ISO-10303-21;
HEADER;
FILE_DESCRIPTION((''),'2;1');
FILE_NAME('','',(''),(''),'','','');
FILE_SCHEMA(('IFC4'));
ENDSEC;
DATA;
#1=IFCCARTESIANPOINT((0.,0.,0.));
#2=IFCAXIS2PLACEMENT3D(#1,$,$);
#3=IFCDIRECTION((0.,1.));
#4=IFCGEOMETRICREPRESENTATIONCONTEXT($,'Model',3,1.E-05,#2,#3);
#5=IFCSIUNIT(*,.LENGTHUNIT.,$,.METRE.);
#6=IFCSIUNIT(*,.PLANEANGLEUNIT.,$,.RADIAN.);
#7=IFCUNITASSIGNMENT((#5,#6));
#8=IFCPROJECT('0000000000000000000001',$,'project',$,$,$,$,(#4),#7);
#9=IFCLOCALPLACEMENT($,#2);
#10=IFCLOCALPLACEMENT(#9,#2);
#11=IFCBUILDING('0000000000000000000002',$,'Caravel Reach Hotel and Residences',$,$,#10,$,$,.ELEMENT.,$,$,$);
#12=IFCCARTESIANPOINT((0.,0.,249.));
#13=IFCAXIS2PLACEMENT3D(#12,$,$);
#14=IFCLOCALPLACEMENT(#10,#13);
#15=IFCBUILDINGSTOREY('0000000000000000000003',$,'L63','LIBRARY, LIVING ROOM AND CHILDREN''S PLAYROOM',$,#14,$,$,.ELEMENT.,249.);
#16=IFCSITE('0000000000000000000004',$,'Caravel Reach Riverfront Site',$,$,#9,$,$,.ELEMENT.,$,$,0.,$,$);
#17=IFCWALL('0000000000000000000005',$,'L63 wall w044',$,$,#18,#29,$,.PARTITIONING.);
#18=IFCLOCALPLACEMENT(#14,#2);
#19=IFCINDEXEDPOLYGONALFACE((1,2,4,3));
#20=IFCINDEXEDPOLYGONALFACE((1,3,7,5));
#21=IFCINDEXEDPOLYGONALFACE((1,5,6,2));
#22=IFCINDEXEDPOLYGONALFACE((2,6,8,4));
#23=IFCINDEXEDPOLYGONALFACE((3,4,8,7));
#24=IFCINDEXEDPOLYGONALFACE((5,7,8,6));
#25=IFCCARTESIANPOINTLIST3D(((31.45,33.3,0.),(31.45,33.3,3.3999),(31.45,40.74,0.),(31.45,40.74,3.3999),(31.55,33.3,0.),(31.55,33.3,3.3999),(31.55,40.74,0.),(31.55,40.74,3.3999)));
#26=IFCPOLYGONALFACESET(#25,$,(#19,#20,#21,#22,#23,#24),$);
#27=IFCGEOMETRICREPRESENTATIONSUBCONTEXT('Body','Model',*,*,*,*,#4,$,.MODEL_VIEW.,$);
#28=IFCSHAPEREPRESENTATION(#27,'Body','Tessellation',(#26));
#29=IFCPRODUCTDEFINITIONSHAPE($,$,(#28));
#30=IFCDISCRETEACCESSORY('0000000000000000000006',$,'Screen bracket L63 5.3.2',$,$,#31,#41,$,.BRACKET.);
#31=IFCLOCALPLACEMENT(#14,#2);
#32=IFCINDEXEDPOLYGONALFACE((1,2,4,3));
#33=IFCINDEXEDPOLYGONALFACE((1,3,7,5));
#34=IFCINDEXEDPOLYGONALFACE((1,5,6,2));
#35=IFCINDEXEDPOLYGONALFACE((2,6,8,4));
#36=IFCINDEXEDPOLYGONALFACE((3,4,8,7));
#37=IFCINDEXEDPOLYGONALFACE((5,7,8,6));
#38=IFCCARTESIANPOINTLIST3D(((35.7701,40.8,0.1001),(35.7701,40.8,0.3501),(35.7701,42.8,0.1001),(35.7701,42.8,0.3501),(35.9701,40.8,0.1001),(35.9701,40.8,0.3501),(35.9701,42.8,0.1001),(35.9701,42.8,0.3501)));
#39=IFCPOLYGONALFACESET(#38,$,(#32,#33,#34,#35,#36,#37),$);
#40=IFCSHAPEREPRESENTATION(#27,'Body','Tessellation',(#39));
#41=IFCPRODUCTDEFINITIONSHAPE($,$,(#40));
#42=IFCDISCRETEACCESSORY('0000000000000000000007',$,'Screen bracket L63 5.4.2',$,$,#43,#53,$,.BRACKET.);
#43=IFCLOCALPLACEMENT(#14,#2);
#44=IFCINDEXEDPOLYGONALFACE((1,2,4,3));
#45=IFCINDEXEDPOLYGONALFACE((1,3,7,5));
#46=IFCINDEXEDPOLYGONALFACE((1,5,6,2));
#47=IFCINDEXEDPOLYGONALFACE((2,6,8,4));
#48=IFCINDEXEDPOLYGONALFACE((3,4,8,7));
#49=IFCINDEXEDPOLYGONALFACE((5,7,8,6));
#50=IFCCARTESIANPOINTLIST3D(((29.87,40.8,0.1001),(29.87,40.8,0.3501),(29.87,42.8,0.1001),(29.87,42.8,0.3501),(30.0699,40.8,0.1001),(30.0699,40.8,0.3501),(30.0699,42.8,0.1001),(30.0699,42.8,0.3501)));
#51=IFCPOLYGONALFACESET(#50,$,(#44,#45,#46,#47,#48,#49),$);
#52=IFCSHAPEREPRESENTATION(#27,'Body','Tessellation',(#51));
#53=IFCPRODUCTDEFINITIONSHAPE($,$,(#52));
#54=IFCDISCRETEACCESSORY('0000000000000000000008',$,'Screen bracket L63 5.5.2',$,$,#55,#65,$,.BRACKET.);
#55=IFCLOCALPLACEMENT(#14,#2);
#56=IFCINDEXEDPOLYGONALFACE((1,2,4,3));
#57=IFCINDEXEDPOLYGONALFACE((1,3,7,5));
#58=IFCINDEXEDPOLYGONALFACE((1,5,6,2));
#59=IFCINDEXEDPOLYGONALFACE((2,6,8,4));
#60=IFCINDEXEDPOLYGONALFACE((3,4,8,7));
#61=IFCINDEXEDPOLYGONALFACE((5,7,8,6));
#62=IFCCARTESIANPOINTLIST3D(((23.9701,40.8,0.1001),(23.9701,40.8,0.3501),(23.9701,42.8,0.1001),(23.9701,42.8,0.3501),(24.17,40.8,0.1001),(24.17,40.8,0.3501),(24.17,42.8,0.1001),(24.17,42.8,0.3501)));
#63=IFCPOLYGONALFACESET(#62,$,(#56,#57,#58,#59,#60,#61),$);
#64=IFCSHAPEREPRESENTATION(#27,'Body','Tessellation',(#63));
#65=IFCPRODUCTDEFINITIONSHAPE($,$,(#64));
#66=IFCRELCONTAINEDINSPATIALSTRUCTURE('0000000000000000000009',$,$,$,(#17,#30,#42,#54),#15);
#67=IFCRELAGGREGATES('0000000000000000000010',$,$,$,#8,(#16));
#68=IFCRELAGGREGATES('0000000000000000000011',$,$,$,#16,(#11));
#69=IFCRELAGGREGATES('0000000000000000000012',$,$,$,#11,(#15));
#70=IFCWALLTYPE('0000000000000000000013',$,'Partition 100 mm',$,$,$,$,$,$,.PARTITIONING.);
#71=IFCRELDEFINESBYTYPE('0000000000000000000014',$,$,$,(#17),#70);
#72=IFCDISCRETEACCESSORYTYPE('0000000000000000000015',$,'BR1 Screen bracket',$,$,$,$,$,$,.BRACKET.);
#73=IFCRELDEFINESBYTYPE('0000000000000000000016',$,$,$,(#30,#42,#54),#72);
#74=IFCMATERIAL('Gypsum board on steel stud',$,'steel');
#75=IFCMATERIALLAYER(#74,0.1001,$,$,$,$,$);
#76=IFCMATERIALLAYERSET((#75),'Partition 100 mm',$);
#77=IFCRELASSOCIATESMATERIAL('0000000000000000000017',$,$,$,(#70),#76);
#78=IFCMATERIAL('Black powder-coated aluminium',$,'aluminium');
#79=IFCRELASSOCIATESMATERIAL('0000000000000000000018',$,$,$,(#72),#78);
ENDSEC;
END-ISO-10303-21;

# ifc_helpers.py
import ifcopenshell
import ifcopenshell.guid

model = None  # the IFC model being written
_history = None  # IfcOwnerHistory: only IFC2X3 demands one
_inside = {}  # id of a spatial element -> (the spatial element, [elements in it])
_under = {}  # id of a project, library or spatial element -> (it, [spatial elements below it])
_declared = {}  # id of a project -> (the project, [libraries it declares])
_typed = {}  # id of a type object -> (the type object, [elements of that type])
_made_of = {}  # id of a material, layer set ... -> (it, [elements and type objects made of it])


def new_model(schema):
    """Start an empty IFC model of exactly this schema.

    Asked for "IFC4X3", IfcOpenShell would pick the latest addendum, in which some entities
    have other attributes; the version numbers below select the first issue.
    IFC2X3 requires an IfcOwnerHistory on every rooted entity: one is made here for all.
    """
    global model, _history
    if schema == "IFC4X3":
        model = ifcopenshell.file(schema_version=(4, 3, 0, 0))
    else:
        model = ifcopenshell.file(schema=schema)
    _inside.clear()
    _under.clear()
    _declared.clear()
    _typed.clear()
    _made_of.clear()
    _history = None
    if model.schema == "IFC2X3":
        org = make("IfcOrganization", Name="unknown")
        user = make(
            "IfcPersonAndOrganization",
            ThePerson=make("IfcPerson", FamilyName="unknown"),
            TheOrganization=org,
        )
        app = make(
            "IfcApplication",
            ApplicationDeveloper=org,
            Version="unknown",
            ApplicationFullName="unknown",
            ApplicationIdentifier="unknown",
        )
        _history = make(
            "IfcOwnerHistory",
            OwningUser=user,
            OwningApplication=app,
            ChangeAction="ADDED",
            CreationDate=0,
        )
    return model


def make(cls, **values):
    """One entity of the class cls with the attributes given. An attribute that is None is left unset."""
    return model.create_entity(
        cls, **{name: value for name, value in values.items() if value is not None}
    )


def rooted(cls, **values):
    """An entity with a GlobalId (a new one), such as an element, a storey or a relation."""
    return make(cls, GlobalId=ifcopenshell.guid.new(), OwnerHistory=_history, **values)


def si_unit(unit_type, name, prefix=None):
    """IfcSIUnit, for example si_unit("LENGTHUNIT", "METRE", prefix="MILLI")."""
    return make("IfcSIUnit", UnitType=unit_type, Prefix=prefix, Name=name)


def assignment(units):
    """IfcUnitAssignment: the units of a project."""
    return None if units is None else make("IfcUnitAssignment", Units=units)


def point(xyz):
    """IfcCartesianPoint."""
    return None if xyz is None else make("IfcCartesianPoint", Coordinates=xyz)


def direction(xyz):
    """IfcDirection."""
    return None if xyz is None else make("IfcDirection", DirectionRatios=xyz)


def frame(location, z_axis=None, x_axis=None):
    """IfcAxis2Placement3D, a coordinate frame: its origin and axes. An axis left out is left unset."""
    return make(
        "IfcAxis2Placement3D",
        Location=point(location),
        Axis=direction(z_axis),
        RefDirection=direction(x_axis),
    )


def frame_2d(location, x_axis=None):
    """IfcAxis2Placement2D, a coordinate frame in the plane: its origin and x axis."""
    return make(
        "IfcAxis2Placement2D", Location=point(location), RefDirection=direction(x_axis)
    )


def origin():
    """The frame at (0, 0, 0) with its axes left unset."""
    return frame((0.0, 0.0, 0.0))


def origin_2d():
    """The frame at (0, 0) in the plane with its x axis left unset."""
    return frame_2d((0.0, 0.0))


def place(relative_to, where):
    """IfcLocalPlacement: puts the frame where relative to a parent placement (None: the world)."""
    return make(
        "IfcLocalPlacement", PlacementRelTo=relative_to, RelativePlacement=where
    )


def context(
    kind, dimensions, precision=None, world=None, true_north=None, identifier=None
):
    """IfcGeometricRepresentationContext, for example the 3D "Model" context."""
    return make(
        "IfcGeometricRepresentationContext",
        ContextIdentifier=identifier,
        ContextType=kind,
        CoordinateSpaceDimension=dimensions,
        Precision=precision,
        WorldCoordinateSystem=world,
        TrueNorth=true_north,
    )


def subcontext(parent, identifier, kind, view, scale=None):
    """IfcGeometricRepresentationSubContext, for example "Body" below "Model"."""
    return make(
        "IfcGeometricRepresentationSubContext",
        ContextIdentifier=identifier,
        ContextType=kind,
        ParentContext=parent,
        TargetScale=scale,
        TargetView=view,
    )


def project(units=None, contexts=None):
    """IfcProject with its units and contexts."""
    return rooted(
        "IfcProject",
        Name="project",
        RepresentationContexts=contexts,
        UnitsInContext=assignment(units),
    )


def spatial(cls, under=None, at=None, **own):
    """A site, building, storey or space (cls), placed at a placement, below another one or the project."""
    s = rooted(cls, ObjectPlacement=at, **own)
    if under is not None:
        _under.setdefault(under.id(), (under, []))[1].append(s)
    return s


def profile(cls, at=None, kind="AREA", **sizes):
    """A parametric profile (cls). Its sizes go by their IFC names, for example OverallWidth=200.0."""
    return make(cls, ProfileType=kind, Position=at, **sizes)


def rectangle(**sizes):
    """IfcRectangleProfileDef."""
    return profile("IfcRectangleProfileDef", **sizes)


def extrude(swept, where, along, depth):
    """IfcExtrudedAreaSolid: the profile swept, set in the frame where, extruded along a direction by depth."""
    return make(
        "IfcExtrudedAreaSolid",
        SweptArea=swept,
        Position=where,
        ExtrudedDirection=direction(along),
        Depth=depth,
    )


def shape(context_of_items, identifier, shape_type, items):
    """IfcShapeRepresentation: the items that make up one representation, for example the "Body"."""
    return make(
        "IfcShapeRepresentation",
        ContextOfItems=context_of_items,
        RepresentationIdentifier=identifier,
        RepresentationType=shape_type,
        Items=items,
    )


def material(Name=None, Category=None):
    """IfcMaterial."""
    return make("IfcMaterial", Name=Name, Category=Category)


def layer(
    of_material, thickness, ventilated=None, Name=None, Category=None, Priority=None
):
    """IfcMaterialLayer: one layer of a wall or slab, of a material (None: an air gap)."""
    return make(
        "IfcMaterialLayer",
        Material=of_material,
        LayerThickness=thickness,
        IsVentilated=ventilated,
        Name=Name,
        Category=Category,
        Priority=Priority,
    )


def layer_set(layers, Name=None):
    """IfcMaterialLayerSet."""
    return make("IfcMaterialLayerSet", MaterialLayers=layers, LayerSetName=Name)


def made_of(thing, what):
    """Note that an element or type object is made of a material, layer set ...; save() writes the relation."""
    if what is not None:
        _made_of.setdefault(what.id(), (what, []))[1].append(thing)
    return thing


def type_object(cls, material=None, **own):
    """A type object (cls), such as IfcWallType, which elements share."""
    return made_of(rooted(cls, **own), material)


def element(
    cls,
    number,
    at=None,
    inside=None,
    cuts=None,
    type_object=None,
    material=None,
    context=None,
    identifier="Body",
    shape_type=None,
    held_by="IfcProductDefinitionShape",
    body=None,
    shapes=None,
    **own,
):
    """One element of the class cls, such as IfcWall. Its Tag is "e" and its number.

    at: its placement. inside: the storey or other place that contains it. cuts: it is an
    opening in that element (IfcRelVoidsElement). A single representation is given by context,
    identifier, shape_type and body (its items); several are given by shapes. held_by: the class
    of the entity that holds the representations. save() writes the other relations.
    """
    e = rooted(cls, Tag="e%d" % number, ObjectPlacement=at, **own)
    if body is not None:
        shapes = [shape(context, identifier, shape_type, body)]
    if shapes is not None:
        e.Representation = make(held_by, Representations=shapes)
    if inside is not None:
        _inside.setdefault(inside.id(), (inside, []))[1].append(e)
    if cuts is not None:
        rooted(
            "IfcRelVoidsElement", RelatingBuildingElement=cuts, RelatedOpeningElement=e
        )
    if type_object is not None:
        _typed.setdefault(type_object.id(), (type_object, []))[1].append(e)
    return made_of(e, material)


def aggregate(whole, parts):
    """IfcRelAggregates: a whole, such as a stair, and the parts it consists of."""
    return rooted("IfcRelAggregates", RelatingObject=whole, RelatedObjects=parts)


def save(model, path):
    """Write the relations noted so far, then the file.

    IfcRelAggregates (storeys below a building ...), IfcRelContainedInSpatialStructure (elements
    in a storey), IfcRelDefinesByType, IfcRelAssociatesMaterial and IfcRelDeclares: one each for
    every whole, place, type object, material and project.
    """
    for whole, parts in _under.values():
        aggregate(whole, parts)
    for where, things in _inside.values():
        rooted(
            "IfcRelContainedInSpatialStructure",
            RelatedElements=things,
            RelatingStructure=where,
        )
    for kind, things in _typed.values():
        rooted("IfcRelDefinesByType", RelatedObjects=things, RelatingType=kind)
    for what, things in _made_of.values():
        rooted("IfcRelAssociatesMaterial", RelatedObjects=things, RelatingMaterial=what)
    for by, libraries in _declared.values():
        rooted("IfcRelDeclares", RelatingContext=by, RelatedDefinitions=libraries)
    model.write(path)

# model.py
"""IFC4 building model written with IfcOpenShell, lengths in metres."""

from ifc_helpers import new_model, si_unit, direction, frame, frame_2d, origin, origin_2d, place, context, subcontext, project, spatial, rectangle, extrude, material, layer, layer_set, type_object, element, save


model = new_model("IFC4")

# Units and contexts
model_context = context("Model", 3, precision=1e-05, world=origin(), true_north=direction((0.0, 1.0)))
body_context = subcontext(model_context, "Body", "Model", "MODEL_VIEW")
ifc_project = project(units=[si_unit("LENGTHUNIT", "METRE"), si_unit("PLANEANGLEUNIT", "RADIAN")], contexts=[model_context])

# Site, building, storey
site_placement = place(None, origin())
site = spatial("IfcSite", under=ifc_project, at=site_placement, Name="Caravel Reach Riverfront Site", CompositionType="ELEMENT", RefElevation=0.0)
building_placement = place(site_placement, origin())
building = spatial("IfcBuilding", under=site, at=building_placement, Name="Caravel Reach Hotel and Residences", CompositionType="ELEMENT")
storey_placement = place(building_placement, frame((0.0, 0.0, 249.0)))
storey = spatial("IfcBuildingStorey", under=building, at=storey_placement, Name="L63", Description="LIBRARY, LIVING ROOM AND CHILDREN'S PLAYROOM", CompositionType="ELEMENT", Elevation=249.0)

# Shared definitions
ifc_material_1 = material(Name="Gypsum board on steel stud", Category="steel")
ifc_layer_1 = layer(ifc_material_1, 0.1001)
ifc_layer_set_1 = layer_set([ifc_layer_1], Name="Partition 100 mm")
wall_type_1 = type_object("IfcWallType", Name="Partition 100 mm", PredefinedType="PARTITIONING", material=ifc_layer_set_1)

# Wall
wall_1_placement = place(storey_placement, frame((31.5, 33.3, 0.0), z_axis=(0.0, 0.0, 1.0), x_axis=(0.0, 1.0, 0.0)))
element("IfcWall", 1, at=wall_1_placement, inside=storey, type_object=wall_type_1, Name="L63 wall w044", PredefinedType="PARTITIONING", context=body_context, shape_type="SweptSolid", body=[
    extrude(rectangle(XDim=7.4399, YDim=0.1001, at=frame_2d((3.72, 0.0))), origin(), (0.0, 0.0, 1.0), 3.3999),
])

# Discrete accessories
ifc_material_2 = material(Name="Black powder-coated aluminium", Category="aluminium")
discrete_accessory_type = type_object("IfcDiscreteAccessoryType", Name="BR1 Screen bracket", PredefinedType="BRACKET", material=ifc_material_2)
for number, where, z_axis, x_axis, name in (
    (2, (35.8701, 41.8, 0.1001), (0.0, 0.0, 1.0), (0.0, 1.0, 0.0), "Screen bracket L63 5.3.2"),
    (3, (29.97, 41.8, 0.1001), (0.0, 0.0, 1.0), (0.0, 1.0, 0.0), "Screen bracket L63 5.4.2"),
    (4, (24.0701, 41.8, 0.1001), (0.0, 0.0, 1.0), (0.0, 1.0, 0.0), "Screen bracket L63 5.5.2"),
):
    element("IfcDiscreteAccessory", number, at=place(storey_placement, frame(where, z_axis=z_axis, x_axis=x_axis)), inside=storey, type_object=discrete_accessory_type, Name=name, PredefinedType="BRACKET", context=body_context, shape_type="SweptSolid", body=[
        extrude(rectangle(XDim=2.0, YDim=0.2, at=origin_2d()), origin(), (0.0, 0.0, 1.0), 0.25),
    ])

save(model, "model.ifc")
